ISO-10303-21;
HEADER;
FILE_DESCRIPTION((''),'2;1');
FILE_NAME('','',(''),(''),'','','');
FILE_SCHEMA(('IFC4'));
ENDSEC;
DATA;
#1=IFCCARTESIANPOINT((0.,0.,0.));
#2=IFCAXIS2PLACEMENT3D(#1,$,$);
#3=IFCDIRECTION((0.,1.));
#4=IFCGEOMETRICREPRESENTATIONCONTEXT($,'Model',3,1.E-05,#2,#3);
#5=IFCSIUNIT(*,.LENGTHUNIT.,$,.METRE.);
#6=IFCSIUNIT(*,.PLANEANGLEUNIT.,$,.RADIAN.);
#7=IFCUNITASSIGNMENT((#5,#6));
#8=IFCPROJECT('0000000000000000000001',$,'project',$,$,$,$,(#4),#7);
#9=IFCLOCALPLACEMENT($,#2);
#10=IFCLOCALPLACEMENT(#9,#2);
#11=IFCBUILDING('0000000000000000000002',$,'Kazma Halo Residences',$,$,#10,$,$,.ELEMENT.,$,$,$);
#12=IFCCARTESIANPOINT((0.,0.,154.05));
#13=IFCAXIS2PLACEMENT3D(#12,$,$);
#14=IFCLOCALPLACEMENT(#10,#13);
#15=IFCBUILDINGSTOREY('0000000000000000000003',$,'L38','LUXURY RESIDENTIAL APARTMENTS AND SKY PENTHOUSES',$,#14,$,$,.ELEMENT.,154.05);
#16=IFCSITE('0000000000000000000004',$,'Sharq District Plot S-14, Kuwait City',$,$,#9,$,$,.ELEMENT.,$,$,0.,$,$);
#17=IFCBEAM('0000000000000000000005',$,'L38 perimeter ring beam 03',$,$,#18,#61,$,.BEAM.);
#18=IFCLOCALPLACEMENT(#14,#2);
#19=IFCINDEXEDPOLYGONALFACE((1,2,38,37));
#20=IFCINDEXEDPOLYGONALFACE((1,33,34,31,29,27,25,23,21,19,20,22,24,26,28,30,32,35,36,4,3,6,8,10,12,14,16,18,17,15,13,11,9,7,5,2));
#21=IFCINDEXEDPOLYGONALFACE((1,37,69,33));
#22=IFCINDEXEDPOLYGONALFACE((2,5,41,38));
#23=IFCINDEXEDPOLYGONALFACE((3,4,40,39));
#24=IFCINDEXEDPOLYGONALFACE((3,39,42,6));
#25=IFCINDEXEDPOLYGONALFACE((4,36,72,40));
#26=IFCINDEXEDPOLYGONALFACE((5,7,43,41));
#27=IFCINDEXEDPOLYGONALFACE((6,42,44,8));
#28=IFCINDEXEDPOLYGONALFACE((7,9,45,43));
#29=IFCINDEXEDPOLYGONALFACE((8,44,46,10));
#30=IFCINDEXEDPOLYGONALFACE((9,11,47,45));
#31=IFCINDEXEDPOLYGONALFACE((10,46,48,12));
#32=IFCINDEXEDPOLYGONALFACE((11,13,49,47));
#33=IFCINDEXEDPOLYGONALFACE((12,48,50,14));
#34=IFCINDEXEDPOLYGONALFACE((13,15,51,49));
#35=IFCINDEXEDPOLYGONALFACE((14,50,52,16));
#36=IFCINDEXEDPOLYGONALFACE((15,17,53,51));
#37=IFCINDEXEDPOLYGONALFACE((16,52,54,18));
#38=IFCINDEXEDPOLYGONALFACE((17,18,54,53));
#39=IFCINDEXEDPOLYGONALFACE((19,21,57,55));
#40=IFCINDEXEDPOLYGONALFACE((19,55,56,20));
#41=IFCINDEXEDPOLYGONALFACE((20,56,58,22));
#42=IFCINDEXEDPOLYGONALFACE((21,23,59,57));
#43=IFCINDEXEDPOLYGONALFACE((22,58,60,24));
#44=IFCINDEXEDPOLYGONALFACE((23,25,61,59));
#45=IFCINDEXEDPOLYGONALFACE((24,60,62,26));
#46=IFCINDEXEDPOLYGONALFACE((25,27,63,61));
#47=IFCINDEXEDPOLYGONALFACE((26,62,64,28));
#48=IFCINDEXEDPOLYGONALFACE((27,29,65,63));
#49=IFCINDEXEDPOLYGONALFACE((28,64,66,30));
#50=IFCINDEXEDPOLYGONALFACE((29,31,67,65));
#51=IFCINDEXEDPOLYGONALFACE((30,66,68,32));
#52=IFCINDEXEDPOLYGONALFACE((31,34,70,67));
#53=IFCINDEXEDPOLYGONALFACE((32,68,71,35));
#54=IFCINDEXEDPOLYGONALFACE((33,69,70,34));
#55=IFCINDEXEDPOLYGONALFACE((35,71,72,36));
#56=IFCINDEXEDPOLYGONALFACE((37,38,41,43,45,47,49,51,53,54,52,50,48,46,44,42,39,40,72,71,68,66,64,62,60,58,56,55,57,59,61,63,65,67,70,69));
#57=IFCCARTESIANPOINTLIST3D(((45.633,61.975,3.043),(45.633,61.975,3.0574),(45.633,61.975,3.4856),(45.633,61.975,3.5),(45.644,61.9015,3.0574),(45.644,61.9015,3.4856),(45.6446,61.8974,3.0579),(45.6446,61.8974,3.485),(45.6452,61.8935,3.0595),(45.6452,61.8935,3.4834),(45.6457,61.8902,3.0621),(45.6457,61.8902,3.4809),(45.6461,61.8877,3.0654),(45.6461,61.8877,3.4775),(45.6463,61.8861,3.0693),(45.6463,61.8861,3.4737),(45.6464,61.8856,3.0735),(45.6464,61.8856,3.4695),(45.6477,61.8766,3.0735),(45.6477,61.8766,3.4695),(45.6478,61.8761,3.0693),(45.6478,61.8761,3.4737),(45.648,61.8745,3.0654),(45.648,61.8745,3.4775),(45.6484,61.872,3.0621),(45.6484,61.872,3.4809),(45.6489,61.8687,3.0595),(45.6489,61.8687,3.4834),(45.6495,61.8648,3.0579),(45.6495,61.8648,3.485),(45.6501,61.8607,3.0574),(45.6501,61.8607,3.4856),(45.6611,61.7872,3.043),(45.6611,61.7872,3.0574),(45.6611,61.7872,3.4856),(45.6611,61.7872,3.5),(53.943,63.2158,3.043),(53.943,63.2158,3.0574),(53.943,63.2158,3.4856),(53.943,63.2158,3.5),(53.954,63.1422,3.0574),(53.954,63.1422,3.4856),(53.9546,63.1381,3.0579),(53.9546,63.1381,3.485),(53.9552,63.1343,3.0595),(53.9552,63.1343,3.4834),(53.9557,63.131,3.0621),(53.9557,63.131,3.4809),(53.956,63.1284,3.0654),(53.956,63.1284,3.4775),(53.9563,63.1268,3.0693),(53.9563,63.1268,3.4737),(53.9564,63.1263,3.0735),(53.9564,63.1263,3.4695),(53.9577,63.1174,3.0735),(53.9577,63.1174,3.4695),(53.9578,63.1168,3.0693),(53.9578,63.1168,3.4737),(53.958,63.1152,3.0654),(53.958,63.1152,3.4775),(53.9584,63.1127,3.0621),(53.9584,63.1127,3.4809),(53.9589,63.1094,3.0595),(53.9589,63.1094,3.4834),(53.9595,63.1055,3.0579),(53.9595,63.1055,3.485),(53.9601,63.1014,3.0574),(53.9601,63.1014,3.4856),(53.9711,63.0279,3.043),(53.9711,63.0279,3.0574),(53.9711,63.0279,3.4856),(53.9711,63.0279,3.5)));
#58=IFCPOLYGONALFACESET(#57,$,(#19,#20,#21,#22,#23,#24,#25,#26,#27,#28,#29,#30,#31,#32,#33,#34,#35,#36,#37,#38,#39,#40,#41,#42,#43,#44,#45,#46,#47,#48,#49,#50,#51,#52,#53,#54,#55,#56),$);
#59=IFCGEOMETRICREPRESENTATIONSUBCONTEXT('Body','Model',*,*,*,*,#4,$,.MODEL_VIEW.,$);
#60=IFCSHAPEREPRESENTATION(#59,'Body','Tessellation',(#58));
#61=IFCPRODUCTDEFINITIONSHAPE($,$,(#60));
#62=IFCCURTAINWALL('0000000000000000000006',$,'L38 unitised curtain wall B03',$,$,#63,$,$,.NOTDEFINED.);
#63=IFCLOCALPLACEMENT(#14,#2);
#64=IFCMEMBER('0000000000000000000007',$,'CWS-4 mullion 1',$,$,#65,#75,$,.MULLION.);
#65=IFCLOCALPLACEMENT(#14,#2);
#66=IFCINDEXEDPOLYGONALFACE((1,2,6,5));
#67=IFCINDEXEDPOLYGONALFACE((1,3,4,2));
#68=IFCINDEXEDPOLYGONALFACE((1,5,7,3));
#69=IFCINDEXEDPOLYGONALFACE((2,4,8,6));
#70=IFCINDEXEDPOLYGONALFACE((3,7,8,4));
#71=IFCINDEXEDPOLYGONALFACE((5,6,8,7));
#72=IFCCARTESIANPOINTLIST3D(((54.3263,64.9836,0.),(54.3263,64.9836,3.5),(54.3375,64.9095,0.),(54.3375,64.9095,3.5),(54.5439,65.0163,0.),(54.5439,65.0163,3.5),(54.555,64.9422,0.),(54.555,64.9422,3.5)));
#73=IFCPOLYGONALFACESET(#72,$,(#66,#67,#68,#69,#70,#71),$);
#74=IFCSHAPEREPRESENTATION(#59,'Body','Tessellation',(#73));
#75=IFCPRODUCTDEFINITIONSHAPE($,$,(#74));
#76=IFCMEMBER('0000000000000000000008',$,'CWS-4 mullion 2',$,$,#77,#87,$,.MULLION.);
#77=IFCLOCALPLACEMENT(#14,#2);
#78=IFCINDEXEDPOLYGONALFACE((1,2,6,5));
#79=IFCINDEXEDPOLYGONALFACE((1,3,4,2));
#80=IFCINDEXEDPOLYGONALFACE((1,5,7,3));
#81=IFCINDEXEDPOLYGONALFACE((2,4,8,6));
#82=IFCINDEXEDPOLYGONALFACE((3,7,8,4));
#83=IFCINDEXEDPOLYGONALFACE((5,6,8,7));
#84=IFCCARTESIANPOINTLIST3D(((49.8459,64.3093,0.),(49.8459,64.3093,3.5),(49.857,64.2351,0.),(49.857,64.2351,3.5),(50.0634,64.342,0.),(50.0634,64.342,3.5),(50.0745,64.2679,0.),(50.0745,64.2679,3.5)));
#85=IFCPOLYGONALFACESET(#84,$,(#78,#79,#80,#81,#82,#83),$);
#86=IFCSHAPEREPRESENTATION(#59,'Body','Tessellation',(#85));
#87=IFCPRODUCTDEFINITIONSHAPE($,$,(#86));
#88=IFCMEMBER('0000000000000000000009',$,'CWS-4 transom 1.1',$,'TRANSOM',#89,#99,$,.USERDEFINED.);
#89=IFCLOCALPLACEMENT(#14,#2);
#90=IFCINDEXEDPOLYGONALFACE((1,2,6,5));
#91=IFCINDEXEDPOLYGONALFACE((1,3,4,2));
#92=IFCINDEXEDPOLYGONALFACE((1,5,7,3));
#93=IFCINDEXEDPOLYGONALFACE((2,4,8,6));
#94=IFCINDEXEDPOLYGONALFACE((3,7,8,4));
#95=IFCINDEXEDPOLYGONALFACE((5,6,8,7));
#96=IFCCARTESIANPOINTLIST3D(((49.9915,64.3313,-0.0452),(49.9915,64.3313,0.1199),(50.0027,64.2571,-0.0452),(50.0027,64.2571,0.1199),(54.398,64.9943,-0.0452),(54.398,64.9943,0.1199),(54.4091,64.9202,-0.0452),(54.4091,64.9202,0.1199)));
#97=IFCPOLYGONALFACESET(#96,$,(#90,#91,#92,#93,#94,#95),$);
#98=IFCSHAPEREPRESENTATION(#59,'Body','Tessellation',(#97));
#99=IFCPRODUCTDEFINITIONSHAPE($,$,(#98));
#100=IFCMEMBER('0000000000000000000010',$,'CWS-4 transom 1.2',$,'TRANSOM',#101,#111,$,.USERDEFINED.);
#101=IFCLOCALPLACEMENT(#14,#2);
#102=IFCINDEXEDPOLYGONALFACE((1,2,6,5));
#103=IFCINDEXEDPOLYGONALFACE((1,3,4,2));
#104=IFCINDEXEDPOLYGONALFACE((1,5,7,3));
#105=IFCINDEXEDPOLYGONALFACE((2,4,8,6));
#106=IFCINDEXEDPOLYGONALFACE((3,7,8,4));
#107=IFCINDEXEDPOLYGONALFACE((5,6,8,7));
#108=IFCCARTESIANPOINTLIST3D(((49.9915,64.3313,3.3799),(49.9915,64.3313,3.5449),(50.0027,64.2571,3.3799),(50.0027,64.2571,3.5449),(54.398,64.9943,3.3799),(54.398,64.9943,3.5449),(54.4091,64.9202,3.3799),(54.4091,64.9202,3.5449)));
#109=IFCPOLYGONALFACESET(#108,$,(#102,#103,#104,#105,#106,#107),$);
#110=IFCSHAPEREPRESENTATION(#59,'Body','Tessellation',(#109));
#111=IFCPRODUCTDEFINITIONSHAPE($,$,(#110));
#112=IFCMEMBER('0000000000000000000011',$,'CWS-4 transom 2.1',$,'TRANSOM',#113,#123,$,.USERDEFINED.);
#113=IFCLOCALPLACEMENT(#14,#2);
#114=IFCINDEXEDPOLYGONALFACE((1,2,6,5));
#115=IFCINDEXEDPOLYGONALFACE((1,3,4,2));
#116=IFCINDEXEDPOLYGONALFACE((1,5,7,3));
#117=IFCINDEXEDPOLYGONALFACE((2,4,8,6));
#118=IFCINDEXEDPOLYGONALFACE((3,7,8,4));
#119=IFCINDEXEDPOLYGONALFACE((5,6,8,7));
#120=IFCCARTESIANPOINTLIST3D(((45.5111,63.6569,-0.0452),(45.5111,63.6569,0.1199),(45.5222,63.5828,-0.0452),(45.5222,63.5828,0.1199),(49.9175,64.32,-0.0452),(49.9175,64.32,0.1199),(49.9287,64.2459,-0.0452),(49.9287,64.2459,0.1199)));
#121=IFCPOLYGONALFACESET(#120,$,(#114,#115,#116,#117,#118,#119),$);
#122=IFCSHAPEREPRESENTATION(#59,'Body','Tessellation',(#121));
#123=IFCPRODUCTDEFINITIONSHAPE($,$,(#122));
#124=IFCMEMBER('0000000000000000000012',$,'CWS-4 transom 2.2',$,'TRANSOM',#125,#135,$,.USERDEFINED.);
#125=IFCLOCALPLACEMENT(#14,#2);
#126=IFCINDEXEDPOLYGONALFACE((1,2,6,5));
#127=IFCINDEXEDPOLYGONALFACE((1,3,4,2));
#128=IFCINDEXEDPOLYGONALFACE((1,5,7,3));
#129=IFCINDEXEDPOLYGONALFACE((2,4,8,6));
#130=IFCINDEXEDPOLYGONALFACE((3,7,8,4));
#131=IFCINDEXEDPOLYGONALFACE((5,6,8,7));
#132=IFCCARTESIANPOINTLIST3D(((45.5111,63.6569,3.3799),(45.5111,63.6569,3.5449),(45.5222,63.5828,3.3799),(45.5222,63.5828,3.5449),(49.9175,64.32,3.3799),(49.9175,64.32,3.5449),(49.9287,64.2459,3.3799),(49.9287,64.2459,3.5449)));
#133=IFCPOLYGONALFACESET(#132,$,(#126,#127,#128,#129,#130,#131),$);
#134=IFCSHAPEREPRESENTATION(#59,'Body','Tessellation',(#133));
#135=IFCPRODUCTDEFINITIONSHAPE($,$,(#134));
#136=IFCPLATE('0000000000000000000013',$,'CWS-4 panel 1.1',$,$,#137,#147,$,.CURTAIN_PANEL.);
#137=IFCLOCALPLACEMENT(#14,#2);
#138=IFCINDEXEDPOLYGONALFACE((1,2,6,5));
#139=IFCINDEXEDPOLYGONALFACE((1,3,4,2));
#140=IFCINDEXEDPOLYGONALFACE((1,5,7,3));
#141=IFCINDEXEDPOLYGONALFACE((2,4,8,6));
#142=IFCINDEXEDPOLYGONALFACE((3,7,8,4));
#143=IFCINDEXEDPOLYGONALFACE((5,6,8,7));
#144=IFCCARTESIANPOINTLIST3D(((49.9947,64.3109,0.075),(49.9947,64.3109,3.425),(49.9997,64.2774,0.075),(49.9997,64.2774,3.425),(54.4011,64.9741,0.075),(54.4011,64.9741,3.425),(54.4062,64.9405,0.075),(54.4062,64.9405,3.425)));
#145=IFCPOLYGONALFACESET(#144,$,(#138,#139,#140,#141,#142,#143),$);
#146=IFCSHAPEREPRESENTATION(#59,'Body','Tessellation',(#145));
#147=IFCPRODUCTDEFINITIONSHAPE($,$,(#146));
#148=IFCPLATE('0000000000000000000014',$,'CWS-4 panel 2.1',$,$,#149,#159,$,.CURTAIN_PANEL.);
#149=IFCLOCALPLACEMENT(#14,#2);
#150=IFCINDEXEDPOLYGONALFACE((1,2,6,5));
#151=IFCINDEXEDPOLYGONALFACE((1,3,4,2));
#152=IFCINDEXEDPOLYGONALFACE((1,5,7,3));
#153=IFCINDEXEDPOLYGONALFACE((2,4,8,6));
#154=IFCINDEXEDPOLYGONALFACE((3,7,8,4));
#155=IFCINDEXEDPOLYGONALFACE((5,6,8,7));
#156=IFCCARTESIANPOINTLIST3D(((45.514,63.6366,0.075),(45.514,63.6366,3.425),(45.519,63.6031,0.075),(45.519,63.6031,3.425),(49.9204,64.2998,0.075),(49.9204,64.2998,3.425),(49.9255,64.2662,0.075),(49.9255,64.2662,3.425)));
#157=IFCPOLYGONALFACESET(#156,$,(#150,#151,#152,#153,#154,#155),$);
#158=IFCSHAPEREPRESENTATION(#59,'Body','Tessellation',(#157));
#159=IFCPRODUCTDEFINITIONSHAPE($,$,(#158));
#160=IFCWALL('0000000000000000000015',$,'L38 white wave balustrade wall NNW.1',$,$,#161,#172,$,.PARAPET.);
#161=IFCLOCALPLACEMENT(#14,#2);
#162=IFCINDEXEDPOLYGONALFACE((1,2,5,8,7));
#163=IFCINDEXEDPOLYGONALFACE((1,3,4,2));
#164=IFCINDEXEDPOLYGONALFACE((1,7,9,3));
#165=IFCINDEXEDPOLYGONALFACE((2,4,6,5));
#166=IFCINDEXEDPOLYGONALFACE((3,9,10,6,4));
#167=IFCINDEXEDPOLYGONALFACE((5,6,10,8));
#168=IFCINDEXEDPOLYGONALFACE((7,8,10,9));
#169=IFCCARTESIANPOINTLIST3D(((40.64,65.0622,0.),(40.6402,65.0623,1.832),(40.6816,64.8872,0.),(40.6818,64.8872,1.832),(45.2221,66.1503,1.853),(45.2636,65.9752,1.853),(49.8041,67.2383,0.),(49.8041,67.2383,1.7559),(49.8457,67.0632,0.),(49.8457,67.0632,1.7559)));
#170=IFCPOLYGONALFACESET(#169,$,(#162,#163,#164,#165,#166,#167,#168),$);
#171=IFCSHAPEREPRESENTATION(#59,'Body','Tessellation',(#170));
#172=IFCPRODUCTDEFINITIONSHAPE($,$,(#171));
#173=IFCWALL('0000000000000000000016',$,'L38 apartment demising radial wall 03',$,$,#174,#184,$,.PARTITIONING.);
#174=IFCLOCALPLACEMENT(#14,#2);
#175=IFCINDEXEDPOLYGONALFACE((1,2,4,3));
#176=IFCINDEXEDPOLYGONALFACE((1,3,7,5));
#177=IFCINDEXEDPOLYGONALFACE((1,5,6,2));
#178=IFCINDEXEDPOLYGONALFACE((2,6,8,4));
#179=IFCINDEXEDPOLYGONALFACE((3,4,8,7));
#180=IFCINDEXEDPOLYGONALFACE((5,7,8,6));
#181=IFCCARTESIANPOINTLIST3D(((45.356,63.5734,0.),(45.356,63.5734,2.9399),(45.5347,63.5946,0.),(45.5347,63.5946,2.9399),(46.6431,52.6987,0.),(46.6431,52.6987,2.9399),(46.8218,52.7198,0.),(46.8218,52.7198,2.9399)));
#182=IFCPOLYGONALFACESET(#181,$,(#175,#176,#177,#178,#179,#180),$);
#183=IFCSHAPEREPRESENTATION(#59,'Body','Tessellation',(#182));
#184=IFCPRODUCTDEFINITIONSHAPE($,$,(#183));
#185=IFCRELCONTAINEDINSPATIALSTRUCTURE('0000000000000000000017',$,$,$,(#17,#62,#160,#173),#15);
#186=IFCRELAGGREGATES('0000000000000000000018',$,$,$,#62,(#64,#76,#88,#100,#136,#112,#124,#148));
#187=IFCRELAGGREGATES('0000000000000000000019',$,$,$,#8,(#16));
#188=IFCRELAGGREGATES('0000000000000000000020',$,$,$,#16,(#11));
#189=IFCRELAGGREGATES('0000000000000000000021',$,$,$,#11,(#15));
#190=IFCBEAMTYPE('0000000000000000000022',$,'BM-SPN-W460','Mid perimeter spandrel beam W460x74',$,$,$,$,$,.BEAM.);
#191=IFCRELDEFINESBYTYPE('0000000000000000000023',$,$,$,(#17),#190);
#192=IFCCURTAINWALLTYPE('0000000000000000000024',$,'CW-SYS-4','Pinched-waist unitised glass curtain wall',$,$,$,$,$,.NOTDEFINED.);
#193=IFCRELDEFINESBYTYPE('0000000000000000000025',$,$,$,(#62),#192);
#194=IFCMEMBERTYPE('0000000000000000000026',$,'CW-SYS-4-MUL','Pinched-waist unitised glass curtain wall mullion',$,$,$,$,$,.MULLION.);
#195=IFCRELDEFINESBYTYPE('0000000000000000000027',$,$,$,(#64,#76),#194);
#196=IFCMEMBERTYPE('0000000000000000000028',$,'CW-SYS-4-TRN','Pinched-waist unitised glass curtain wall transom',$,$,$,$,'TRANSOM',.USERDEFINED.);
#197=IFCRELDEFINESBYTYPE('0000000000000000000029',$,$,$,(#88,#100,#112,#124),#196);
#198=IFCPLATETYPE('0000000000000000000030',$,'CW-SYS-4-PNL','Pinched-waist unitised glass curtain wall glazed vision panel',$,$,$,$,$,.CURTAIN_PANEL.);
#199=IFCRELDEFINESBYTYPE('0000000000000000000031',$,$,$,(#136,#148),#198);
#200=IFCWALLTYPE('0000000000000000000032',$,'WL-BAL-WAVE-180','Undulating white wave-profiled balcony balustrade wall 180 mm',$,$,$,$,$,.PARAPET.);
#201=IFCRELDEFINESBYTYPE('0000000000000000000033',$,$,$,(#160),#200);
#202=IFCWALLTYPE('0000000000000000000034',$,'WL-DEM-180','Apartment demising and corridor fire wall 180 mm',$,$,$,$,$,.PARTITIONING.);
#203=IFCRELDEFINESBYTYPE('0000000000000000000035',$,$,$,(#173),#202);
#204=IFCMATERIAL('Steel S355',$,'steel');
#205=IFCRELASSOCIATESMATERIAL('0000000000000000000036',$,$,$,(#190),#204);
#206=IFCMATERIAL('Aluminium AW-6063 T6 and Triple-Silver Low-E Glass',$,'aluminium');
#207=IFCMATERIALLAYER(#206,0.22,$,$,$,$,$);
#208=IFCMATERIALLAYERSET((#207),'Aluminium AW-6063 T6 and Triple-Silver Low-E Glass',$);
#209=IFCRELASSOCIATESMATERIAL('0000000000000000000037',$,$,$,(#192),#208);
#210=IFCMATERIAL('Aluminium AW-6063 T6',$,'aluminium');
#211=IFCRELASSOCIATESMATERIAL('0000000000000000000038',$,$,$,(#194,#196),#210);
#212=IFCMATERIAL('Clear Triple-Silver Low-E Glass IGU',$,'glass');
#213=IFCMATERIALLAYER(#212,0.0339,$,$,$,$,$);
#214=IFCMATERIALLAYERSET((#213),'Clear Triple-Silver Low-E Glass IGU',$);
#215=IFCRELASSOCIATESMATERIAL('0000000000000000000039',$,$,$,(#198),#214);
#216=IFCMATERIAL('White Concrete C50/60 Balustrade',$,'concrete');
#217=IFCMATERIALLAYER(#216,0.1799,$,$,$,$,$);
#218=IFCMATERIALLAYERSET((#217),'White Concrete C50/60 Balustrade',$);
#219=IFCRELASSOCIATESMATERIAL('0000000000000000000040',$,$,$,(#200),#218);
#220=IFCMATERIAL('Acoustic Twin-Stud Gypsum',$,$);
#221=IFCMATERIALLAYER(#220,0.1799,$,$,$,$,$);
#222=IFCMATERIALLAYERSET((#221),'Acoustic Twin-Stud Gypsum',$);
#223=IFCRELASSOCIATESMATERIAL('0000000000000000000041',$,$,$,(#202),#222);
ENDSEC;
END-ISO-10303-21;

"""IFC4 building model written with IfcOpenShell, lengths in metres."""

from ifc_helpers import new_model, si_unit, direction, frame, frame_2d, origin, origin_2d, place, context, subcontext, project, spatial, polyline, rectangle, i_section, outline, extrude, material, layer, layer_set, material_profile, profile_set, type_object, element, aggregate, save


model = new_model("IFC4")

# Units and contexts
model_context = context("Model", 3, precision=1e-05, world=origin(), true_north=direction((0.0, 1.0)))
body_context = subcontext(model_context, "Body", "Model", "MODEL_VIEW")
ifc_project = project(units=[si_unit("LENGTHUNIT", "METRE"), si_unit("PLANEANGLEUNIT", "RADIAN")], contexts=[model_context])

# Site, building, storey
site_placement = place(None, origin())
site = spatial("IfcSite", under=ifc_project, at=site_placement, Name="Sharq District Plot S-14, Kuwait City", CompositionType="ELEMENT", RefElevation=0.0)
building_placement = place(site_placement, origin())
building = spatial("IfcBuilding", under=site, at=building_placement, Name="Kazma Halo Residences", CompositionType="ELEMENT")
storey_placement = place(building_placement, frame((0.0, 0.0, 154.05)))
storey = spatial("IfcBuildingStorey", under=building, at=storey_placement, Name="L38", Description="LUXURY RESIDENTIAL APARTMENTS AND SKY PENTHOUSES", CompositionType="ELEMENT", Elevation=154.05)

# Beam
ifc_material_1 = material(Name="Steel S355", Category="steel")
ifc_material_profile_1 = material_profile(ifc_material_1, i_section(OverallWidth=0.1899, OverallDepth=0.457, WebThickness=0.009, FlangeThickness=0.0144, FilletRadius=0.0161, at=origin_2d()), Name="W460x74")
ifc_profile_set_1 = profile_set([ifc_material_profile_1], Name="Steel S355")
beam_type_1 = type_object("IfcBeamType", Name="BM-SPN-W460", Description="Mid perimeter spandrel beam W460x74", PredefinedType="BEAM", material=ifc_profile_set_1)
beam_1_placement = place(storey_placement, frame((53.957, 63.1218, 3.2715), z_axis=(-0.989037, -0.147667, 0.0), x_axis=(0.147667, -0.989037, 0.0)))
element("IfcBeam", 1, at=beam_1_placement, inside=storey, type_object=beam_type_1, Name="L38 perimeter ring beam 03", PredefinedType="BEAM", context=body_context, shape_type="SweptSolid", body=[
    extrude(i_section(OverallWidth=0.1899, OverallDepth=0.457, WebThickness=0.009, FlangeThickness=0.0144, FilletRadius=0.0161, at=origin_2d()), origin(), (0.0, 0.0, 1.0), 8.4021),
])

# Curtain wall, members, plates
ifc_material_2 = material(Name="Aluminium AW-6063 T6 and Triple-Silver Low-E Glass", Category="aluminium")
ifc_layer_1 = layer(ifc_material_2, 0.22)
ifc_layer_set_1 = layer_set([ifc_layer_1], Name="Aluminium AW-6063 T6 and Triple-Silver Low-E Glass")
curtain_wall_type = type_object("IfcCurtainWallType", Name="CW-SYS-4", Description="Pinched-waist unitised glass curtain wall", PredefinedType="NOTDEFINED", material=ifc_layer_set_1)
curtain_wall_placement = place(storey_placement, origin())
curtain_wall = element("IfcCurtainWall", 2, at=curtain_wall_placement, inside=storey, type_object=curtain_wall_type, Name="L38 unitised curtain wall B03", PredefinedType="NOTDEFINED")
ifc_material_3 = material(Name="Aluminium AW-6063 T6", Category="aluminium")
ifc_material_profile_2 = material_profile(ifc_material_3, rectangle(XDim=0.075, YDim=0.22, at=origin_2d()), Name="CWM-75x220")
ifc_profile_set_2 = profile_set([ifc_material_profile_2], Name="Aluminium AW-6063 T6")
member_type_1 = type_object("IfcMemberType", Name="CW-SYS-4-MUL", Description="Pinched-waist unitised glass curtain wall mullion", PredefinedType="MULLION", material=ifc_profile_set_2)
member_1_placement = place(storey_placement, frame((54.4407, 64.9629, 0.0), z_axis=(0.0, 0.0, 1.0), x_axis=(0.148821, -0.988864, 0.0)))
member_1 = element("IfcMember", 3, at=member_1_placement, type_object=member_type_1, Name="CWS-4 mullion 1", PredefinedType="MULLION", context=body_context, shape_type="SweptSolid", body=[
    extrude(rectangle(XDim=0.075, YDim=0.22, at=origin_2d()), origin(), (0.0, 0.0, 1.0), 3.5),
])
member_2_placement = place(storey_placement, frame((49.9602, 64.2886, 0.0), z_axis=(0.0, 0.0, 1.0), x_axis=(0.148821, -0.988864, 0.0)))
member_2 = element("IfcMember", 4, at=member_2_placement, type_object=member_type_1, Name="CWS-4 mullion 2", PredefinedType="MULLION", context=body_context, shape_type="SweptSolid", body=[
    extrude(rectangle(XDim=0.075, YDim=0.22, at=origin_2d()), origin(), (0.0, 0.0, 1.0), 3.5),
])
ifc_material_profile_3 = material_profile(ifc_material_3, rectangle(XDim=0.075, YDim=0.165, at=origin_2d()), Name="CWT-75x165")
ifc_profile_set_3 = profile_set([ifc_material_profile_3], Name="Aluminium AW-6063 T6")
member_type_2 = type_object("IfcMemberType", Name="CW-SYS-4-TRN", Description="Pinched-waist unitised glass curtain wall transom", ElementType="TRANSOM", PredefinedType="USERDEFINED", material=ifc_profile_set_3)
member_3_placement = place(storey_placement, frame((54.4036, 64.9573, 0.0374), z_axis=(-0.988867, -0.148804, 0.0), x_axis=(0.148804, -0.988867, 0.0)))
member_3 = element("IfcMember", 5, at=member_3_placement, type_object=member_type_2, Name="CWS-4 transom 1.1", ObjectType="TRANSOM", PredefinedType="USERDEFINED", context=body_context, shape_type="SweptSolid", body=[
    extrude(rectangle(XDim=0.075, YDim=0.165, at=origin_2d()), origin(), (0.0, 0.0, 1.0), 4.4561),
])
member_4_placement = place(storey_placement, frame((54.4036, 64.9573, 3.4624), z_axis=(-0.988867, -0.148804, 0.0), x_axis=(0.148804, -0.988867, 0.0)))
member_4 = element("IfcMember", 6, at=member_4_placement, type_object=member_type_2, Name="CWS-4 transom 1.2", ObjectType="TRANSOM", PredefinedType="USERDEFINED", context=body_context, shape_type="SweptSolid", body=[
    extrude(rectangle(XDim=0.075, YDim=0.165, at=origin_2d()), origin(), (0.0, 0.0, 1.0), 4.4561),
])
member_5_placement = place(storey_placement, frame((49.9231, 64.283, 0.0374), z_axis=(-0.988867, -0.148804, 0.0), x_axis=(0.148804, -0.988867, 0.0)))
member_5 = element("IfcMember", 7, at=member_5_placement, type_object=member_type_2, Name="CWS-4 transom 2.1", ObjectType="TRANSOM", PredefinedType="USERDEFINED", context=body_context, shape_type="SweptSolid", body=[
    extrude(rectangle(XDim=0.075, YDim=0.165, at=origin_2d()), origin(), (0.0, 0.0, 1.0), 4.4561),
])
member_6_placement = place(storey_placement, frame((49.9231, 64.283, 3.4624), z_axis=(-0.988867, -0.148804, 0.0), x_axis=(0.148804, -0.988867, 0.0)))
member_6 = element("IfcMember", 8, at=member_6_placement, type_object=member_type_2, Name="CWS-4 transom 2.2", ObjectType="TRANSOM", PredefinedType="USERDEFINED", context=body_context, shape_type="SweptSolid", body=[
    extrude(rectangle(XDim=0.075, YDim=0.165, at=origin_2d()), origin(), (0.0, 0.0, 1.0), 4.4561),
])
ifc_material_4 = material(Name="Clear Triple-Silver Low-E Glass IGU", Category="glass")
ifc_layer_2 = layer(ifc_material_4, 0.0339)
ifc_layer_set_2 = layer_set([ifc_layer_2], Name="Clear Triple-Silver Low-E Glass IGU")
plate_type = type_object("IfcPlateType", Name="CW-SYS-4-PNL", Description="Pinched-waist unitised glass curtain wall glazed vision panel", PredefinedType="CURTAIN_PANEL", material=ifc_layer_set_2)
plate_1_placement = place(storey_placement, frame((52.2004, 64.6257, 0.075), z_axis=(0.0, 0.0, 1.0), x_axis=(-0.988864, -0.148821, 0.0)))
plate_1 = element("IfcPlate", 9, at=plate_1_placement, type_object=plate_type, Name="CWS-4 panel 1.1", PredefinedType="CURTAIN_PANEL", context=body_context, shape_type="SweptSolid", body=[
    extrude(rectangle(XDim=4.4561, YDim=0.0339, at=origin_2d()), origin(), (0.0, 0.0, 1.0), 3.3501),
])
plate_2_placement = place(storey_placement, frame((47.7197, 63.9514, 0.075), z_axis=(0.0, 0.0, 1.0), x_axis=(-0.988864, -0.148821, 0.0)))
plate_2 = element("IfcPlate", 10, at=plate_2_placement, type_object=plate_type, Name="CWS-4 panel 2.1", PredefinedType="CURTAIN_PANEL", context=body_context, shape_type="SweptSolid", body=[
    extrude(rectangle(XDim=4.4561, YDim=0.0339, at=origin_2d()), origin(), (0.0, 0.0, 1.0), 3.3501),
])
aggregate(curtain_wall, [member_1, member_2, member_3, member_4, plate_1, member_5, member_6, plate_2])

# Walls
ifc_material_5 = material(Name="White Concrete C50/60 Balustrade", Category="concrete")
ifc_layer_3 = layer(ifc_material_5, 0.1799)
ifc_layer_set_3 = layer_set([ifc_layer_3], Name="White Concrete C50/60 Balustrade")
wall_type_1 = type_object("IfcWallType", Name="WL-BAL-WAVE-180", Description="Undulating white wave-profiled balcony balustrade wall 180 mm", PredefinedType="PARAPET", material=ifc_layer_set_3)
wall_1_placement = place(storey_placement, frame((49.825, 67.1506, 0.0), z_axis=(0.0, 0.0, 1.0), x_axis=(-0.972947, -0.231028, 0.0)))
element("IfcWall", 11, at=wall_1_placement, inside=storey, type_object=wall_type_1, Name="L38 white wave balustrade wall NNW.1", PredefinedType="PARAPET", context=body_context, shape_type="SweptSolid", body=[
    extrude(outline(polyline([(0.0, 0.0), (9.4189, 0.0), (9.4187, 1.832), (4.7095, 1.853), (0.0, 1.7559), (0.0, 0.0)])), frame((0.0, 0.0898, 0.0), z_axis=(0.0, -1.0, 0.0), x_axis=(1.0, 0.0, 0.0)), (0.0, 0.0, 1.0), 0.1799),
])
ifc_material_6 = material(Name="Acoustic Twin-Stud Gypsum")
ifc_layer_4 = layer(ifc_material_6, 0.1799)
ifc_layer_set_4 = layer_set([ifc_layer_4], Name="Acoustic Twin-Stud Gypsum")
wall_type_2 = type_object("IfcWallType", Name="WL-DEM-180", Description="Apartment demising and corridor fire wall 180 mm", PredefinedType="PARTITIONING", material=ifc_layer_set_4)
wall_2_placement = place(storey_placement, frame((46.7324, 52.7092, 0.0), z_axis=(0.0, 0.0, 1.0), x_axis=(-0.117537, 0.993068, 0.0)))
element("IfcWall", 12, at=wall_2_placement, inside=storey, type_object=wall_type_2, Name="L38 apartment demising radial wall 03", PredefinedType="PARTITIONING", context=body_context, shape_type="SweptSolid", body=[
    extrude(rectangle(XDim=10.9507, YDim=0.1799, at=frame_2d((5.4753, 0.0))), origin(), (0.0, 0.0, 1.0), 2.9399),
])

save(model, "model.ifc")
